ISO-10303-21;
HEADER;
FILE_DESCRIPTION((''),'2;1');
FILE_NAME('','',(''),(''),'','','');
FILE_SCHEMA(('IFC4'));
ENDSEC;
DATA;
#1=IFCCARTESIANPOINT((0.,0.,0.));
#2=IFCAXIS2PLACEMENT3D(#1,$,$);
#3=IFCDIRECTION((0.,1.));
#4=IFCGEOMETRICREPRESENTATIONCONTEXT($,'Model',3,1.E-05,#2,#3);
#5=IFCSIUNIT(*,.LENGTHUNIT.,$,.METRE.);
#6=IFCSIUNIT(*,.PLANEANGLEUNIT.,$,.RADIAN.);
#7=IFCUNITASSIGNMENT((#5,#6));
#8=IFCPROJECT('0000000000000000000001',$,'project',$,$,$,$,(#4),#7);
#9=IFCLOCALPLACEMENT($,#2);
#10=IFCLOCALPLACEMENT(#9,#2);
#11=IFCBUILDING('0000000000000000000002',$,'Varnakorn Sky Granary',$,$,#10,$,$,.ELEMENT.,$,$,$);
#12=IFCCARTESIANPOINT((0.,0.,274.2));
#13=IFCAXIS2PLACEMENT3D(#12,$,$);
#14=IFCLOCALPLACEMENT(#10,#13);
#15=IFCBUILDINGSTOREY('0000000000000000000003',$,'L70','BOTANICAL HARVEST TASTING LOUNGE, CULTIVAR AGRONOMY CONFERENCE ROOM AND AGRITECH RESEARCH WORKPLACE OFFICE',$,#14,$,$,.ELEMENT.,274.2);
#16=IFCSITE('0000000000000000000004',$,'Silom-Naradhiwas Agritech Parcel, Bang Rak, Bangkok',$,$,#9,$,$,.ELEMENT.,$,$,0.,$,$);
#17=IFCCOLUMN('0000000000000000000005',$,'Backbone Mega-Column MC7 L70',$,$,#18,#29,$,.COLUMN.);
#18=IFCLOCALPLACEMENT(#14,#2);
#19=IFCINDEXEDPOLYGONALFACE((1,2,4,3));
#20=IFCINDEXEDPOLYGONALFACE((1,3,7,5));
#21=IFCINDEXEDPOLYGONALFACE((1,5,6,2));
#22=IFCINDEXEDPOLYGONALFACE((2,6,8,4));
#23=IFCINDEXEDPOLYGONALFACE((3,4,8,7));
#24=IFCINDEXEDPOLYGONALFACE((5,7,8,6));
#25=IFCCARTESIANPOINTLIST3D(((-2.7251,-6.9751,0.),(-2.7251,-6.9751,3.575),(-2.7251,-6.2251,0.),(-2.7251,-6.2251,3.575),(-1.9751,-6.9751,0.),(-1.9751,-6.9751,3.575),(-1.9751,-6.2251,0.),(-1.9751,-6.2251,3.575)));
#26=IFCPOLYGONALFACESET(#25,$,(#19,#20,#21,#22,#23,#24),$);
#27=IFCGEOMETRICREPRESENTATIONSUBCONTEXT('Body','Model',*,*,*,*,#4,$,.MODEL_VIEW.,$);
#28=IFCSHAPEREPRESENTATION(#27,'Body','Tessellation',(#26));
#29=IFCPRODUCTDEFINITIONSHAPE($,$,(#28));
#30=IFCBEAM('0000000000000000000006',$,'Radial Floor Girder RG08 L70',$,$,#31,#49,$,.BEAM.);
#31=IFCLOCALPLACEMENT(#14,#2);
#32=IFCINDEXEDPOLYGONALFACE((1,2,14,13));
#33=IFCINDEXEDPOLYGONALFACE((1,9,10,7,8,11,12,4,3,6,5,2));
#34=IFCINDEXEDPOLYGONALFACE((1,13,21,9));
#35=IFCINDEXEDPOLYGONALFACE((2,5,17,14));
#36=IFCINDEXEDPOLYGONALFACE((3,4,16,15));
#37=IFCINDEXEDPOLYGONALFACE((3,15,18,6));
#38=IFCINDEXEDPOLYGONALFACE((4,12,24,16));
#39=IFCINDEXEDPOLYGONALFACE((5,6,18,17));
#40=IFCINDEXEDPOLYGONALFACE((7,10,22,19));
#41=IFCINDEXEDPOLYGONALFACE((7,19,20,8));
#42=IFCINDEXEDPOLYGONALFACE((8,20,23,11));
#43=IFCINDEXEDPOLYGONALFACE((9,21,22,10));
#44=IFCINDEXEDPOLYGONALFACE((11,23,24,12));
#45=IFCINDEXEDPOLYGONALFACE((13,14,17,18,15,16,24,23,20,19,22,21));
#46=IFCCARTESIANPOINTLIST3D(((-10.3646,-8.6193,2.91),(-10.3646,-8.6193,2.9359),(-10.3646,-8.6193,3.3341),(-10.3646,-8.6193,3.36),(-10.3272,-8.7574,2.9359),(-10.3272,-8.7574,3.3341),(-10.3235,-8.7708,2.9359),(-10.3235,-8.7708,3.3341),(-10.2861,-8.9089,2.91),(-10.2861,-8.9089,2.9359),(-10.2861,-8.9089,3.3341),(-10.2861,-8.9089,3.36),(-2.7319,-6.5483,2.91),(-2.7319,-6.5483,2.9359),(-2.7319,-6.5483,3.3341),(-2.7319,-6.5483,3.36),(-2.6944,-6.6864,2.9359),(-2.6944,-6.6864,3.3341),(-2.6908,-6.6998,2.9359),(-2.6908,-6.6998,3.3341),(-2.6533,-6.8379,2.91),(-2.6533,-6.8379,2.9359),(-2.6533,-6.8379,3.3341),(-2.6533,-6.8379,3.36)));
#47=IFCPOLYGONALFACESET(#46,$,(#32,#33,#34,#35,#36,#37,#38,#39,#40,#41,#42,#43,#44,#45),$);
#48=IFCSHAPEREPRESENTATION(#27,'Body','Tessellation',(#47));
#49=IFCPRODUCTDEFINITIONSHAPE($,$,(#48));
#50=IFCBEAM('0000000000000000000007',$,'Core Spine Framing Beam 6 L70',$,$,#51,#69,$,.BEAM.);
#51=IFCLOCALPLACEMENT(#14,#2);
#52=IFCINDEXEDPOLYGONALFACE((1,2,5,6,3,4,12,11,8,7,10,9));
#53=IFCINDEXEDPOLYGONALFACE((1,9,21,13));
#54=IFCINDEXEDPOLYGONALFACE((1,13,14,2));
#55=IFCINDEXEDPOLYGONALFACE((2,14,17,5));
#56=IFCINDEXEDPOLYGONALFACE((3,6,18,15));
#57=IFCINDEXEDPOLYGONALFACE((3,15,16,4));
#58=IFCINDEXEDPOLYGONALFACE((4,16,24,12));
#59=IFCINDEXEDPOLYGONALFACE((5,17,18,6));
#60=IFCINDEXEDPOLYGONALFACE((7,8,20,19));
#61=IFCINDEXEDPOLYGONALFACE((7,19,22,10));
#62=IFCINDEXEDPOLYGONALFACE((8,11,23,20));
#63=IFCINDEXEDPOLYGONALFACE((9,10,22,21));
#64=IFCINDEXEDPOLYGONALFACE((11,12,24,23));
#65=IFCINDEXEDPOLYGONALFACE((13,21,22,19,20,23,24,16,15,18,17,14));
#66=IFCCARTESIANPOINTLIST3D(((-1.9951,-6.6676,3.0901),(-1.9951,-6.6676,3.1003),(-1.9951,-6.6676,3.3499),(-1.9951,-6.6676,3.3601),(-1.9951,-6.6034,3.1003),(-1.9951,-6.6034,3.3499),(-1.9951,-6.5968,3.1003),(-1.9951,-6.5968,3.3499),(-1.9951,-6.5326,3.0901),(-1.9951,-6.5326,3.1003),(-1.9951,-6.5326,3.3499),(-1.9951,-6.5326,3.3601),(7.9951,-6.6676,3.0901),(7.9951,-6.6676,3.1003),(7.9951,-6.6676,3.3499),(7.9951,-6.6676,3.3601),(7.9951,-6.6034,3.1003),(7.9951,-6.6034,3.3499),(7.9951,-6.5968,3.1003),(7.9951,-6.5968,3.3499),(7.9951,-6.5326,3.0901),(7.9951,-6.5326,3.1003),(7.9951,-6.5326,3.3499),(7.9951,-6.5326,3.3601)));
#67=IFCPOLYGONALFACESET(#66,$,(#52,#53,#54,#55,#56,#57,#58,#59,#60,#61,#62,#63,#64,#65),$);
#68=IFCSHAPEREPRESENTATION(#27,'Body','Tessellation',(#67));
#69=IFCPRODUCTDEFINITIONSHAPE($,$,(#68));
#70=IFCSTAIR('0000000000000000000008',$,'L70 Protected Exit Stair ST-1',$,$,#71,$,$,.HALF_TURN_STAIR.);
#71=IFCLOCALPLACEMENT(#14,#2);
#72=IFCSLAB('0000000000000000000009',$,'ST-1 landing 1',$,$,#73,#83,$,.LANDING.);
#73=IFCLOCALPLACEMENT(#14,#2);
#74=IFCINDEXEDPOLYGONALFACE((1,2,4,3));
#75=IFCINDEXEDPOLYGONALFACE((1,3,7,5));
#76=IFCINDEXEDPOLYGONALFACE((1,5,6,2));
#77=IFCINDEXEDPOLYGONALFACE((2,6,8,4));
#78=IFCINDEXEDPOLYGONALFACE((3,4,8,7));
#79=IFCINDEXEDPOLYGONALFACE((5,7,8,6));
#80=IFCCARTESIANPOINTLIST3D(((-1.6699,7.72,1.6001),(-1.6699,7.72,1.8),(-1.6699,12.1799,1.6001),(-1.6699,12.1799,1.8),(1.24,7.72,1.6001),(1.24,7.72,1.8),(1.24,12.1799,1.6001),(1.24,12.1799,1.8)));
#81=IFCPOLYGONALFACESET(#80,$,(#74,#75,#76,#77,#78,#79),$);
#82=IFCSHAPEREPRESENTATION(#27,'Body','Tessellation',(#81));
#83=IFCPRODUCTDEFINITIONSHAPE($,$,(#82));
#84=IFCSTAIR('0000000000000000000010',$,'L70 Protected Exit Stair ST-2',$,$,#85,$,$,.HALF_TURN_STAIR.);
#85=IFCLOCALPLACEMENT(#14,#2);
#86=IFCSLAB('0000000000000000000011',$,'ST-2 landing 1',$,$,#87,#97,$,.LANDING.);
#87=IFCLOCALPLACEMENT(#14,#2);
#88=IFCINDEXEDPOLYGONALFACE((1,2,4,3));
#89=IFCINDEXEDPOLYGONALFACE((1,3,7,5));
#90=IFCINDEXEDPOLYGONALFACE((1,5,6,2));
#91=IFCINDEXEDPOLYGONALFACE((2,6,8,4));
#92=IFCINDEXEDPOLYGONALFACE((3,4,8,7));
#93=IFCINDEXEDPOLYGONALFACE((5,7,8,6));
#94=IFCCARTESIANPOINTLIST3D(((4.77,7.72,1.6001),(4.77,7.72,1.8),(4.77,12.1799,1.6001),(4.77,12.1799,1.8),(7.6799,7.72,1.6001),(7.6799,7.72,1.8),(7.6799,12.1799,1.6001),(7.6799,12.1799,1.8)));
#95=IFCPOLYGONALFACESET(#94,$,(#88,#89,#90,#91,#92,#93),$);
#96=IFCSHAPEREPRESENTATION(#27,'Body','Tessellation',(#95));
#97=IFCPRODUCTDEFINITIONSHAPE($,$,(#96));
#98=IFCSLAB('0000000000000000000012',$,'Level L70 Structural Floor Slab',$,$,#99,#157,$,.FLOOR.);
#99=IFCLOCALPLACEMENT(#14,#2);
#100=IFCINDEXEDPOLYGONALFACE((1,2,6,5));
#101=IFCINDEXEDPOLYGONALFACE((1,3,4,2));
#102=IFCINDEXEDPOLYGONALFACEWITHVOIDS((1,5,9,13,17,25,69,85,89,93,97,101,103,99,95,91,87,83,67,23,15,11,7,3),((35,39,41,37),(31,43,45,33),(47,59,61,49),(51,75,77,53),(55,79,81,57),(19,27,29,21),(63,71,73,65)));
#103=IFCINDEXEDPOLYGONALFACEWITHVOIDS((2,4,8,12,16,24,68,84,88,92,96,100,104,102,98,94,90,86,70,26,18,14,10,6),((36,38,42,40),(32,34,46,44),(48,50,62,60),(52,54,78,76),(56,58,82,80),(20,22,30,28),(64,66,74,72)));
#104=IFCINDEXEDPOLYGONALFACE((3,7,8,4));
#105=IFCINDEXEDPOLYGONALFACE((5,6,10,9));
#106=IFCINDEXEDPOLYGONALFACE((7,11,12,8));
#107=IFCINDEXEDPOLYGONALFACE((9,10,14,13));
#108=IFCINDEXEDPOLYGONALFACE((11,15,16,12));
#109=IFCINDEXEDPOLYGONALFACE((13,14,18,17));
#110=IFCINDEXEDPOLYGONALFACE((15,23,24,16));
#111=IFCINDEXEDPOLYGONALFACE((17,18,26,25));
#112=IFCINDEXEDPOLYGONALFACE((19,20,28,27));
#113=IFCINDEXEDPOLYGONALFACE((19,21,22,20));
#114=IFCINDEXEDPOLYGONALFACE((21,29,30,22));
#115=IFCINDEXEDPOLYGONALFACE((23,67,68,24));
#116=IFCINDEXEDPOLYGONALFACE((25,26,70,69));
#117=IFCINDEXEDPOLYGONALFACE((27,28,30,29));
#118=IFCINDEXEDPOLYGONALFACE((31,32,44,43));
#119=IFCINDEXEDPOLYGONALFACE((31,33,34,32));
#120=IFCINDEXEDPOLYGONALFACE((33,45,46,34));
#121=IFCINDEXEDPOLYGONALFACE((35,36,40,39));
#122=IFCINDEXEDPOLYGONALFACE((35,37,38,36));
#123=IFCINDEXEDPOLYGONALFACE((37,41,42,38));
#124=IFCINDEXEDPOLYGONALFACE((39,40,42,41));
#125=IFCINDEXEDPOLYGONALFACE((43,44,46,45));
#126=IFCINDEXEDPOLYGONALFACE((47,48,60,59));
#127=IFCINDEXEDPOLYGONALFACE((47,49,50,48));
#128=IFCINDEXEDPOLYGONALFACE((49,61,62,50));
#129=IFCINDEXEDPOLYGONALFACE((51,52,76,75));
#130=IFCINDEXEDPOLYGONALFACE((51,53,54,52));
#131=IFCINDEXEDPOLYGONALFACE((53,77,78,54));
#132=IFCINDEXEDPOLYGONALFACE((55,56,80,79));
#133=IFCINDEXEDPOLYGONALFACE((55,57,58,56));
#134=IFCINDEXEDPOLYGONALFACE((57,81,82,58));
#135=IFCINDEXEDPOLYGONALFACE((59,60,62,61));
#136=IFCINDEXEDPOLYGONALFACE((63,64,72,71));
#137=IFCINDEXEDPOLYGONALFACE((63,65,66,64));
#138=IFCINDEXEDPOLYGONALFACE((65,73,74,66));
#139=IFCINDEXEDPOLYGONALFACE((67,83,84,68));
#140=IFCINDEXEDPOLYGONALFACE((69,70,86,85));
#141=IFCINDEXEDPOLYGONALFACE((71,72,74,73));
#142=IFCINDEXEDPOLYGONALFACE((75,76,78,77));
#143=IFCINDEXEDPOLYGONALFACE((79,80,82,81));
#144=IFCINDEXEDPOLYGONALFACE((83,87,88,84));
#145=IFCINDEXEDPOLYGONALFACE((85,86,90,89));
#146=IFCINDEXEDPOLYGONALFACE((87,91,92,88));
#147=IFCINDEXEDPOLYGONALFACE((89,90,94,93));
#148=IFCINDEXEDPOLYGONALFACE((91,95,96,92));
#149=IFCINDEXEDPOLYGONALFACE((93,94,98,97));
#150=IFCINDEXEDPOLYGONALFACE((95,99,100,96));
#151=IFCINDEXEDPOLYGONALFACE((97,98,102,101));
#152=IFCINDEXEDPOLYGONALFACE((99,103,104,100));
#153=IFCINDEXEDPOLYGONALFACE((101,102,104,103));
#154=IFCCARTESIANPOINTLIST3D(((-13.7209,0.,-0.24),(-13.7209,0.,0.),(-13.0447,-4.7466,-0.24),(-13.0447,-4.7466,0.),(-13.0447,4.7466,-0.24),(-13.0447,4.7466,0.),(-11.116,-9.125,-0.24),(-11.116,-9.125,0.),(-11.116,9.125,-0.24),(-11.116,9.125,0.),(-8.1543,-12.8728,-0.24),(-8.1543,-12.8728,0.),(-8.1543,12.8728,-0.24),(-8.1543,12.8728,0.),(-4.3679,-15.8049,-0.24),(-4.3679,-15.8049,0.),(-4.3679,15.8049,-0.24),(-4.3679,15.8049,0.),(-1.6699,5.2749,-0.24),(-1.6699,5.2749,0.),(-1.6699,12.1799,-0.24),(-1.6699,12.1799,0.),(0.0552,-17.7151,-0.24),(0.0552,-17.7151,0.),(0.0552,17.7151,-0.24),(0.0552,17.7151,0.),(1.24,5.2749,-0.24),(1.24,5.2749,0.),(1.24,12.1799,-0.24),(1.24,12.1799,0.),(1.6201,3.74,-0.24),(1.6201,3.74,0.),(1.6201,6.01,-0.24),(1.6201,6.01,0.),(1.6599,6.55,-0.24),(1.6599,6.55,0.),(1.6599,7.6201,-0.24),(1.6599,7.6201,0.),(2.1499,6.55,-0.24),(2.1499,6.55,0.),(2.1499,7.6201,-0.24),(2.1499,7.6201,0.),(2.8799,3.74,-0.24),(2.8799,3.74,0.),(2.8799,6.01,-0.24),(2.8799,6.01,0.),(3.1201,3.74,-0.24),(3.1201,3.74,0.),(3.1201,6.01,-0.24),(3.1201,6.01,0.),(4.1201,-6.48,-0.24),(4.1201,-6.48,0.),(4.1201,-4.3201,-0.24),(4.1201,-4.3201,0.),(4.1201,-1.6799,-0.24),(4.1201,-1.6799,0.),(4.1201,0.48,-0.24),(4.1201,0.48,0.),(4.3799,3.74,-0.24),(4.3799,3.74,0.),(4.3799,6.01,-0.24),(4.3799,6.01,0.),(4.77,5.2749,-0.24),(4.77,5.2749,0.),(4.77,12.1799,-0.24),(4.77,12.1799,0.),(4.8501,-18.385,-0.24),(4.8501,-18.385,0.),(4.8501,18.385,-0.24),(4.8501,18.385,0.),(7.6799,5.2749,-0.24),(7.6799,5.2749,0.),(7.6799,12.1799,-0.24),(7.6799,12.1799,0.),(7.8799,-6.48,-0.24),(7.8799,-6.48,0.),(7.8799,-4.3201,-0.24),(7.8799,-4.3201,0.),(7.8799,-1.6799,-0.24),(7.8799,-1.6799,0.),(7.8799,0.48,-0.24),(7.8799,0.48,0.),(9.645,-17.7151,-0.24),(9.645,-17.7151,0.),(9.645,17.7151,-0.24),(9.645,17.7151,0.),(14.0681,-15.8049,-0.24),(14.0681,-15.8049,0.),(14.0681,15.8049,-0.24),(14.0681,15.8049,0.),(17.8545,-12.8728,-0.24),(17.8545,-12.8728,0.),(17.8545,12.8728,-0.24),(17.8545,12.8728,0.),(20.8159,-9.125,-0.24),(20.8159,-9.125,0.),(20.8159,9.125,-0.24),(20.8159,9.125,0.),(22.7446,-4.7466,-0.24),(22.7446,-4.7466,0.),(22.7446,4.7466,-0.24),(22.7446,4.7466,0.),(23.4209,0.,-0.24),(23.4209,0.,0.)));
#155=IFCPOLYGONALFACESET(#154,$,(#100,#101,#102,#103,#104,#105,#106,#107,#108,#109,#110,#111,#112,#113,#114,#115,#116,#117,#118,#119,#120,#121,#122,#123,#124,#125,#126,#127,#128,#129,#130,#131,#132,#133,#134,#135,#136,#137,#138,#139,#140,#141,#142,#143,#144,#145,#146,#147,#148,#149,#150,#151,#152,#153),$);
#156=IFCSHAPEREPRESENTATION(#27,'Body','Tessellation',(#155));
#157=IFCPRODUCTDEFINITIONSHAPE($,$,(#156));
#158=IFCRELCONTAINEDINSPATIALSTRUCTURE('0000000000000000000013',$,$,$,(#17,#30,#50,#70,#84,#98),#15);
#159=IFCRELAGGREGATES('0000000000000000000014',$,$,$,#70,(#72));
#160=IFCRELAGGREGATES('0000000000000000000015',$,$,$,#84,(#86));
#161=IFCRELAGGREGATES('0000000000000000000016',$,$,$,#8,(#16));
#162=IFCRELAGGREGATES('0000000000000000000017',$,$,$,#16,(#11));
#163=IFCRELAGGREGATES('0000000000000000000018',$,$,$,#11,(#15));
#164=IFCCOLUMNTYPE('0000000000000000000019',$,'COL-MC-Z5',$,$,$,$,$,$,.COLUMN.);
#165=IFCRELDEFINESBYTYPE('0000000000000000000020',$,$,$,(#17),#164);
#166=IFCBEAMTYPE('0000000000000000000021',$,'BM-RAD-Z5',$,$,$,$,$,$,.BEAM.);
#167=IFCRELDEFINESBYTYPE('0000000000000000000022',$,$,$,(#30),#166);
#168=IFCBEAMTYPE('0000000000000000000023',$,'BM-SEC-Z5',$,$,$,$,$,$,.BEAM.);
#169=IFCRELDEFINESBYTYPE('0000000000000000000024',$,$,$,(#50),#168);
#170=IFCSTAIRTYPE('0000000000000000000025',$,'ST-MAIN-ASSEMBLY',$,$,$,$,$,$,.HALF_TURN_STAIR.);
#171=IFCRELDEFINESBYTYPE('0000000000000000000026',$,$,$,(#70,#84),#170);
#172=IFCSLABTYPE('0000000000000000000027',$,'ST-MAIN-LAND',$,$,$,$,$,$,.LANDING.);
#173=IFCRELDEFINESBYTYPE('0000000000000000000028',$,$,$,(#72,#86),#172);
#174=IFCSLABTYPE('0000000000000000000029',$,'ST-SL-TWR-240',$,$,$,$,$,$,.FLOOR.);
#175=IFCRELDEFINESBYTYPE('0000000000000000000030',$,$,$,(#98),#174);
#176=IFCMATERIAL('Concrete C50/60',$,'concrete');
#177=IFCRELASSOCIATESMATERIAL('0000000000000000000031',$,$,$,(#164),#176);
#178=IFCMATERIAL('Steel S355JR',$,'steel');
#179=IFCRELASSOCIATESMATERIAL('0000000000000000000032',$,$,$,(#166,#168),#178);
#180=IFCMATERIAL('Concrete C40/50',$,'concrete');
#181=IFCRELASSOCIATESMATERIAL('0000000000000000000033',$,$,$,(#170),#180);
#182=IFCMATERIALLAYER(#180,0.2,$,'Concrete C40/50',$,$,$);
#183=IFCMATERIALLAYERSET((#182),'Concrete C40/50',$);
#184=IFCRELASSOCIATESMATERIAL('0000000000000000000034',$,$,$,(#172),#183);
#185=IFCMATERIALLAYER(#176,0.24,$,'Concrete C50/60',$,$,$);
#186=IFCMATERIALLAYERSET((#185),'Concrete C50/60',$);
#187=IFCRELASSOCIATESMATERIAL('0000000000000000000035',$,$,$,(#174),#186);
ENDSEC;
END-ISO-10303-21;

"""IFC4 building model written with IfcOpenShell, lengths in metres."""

from ifc_helpers import new_model, si_unit, direction, frame, origin, origin_2d, place, context, subcontext, project, spatial, polyline, rectangle, i_section, outline, extrude, material, layer, layer_set, material_profile, profile_set, type_object, element, aggregate, save


model = new_model("IFC4")

# Units and contexts
model_context = context("Model", 3, precision=1e-05, world=origin(), true_north=direction((0.0, 1.0)))
body_context = subcontext(model_context, "Body", "Model", "MODEL_VIEW")
ifc_project = project(units=[si_unit("LENGTHUNIT", "METRE"), si_unit("PLANEANGLEUNIT", "RADIAN")], contexts=[model_context])

# Site, building, storey
site_placement = place(None, origin())
site = spatial("IfcSite", under=ifc_project, at=site_placement, Name="Silom-Naradhiwas Agritech Parcel, Bang Rak, Bangkok", CompositionType="ELEMENT", RefElevation=0.0)
building_placement = place(site_placement, origin())
building = spatial("IfcBuilding", under=site, at=building_placement, Name="Varnakorn Sky Granary", CompositionType="ELEMENT")
storey_placement = place(building_placement, frame((0.0, 0.0, 274.2)))
storey = spatial("IfcBuildingStorey", under=building, at=storey_placement, Name="L70", Description="BOTANICAL HARVEST TASTING LOUNGE, CULTIVAR AGRONOMY CONFERENCE ROOM AND AGRITECH RESEARCH WORKPLACE OFFICE", CompositionType="ELEMENT", Elevation=274.2)

# Column
ifc_material_1 = material(Name="Concrete C50/60", Category="concrete")
ifc_material_profile_1 = material_profile(ifc_material_1, rectangle(XDim=0.75, YDim=0.75, at=origin_2d()), Name="RC 750x750")
ifc_profile_set_1 = profile_set([ifc_material_profile_1], Name="Concrete C50/60")
column_type = type_object("IfcColumnType", Name="COL-MC-Z5", PredefinedType="COLUMN", material=ifc_profile_set_1)
column_placement = place(storey_placement, frame((-2.3501, -6.6001, 0.0), z_axis=(0.0, 0.0, 1.0), x_axis=(1.0, 0.0, 0.0)))
element("IfcColumn", 1, at=column_placement, inside=storey, type_object=column_type, Name="Backbone Mega-Column MC7 L70", PredefinedType="COLUMN", context=body_context, shape_type="SweptSolid", body=[
    extrude(rectangle(XDim=0.75, YDim=0.75, at=origin_2d()), origin(), (0.0, 0.0, 1.0), 3.575),
])

# Beams
ifc_material_2 = material(Name="Steel S355JR", Category="steel")
ifc_material_profile_2 = material_profile(ifc_material_2, i_section(OverallWidth=0.3, OverallDepth=0.45, WebThickness=0.0139, FlangeThickness=0.0259, at=origin_2d()), Name="HE 450 B")
ifc_profile_set_2 = profile_set([ifc_material_profile_2], Name="Steel S355JR")
beam_type_1 = type_object("IfcBeamType", Name="BM-RAD-Z5", PredefinedType="BEAM", material=ifc_profile_set_2)
beam_1_placement = place(storey_placement, frame((-2.6926, -6.6931, 3.135), z_axis=(-0.965104, -0.261866, 0.0), x_axis=(0.261866, -0.965104, 0.0)))
element("IfcBeam", 2, at=beam_1_placement, inside=storey, type_object=beam_type_1, Name="Radial Floor Girder RG08 L70", PredefinedType="BEAM", context=body_context, shape_type="SweptSolid", body=[
    extrude(i_section(OverallWidth=0.3, OverallDepth=0.45, WebThickness=0.0139, FlangeThickness=0.0259, at=origin_2d()), origin(), (0.0, 0.0, 1.0), 7.9087),
])
ifc_material_profile_3 = material_profile(ifc_material_2, i_section(OverallWidth=0.135, OverallDepth=0.27, WebThickness=0.0066, FlangeThickness=0.0103, at=origin_2d()), Name="IPE 270")
ifc_profile_set_3 = profile_set([ifc_material_profile_3], Name="Steel S355JR")
beam_type_2 = type_object("IfcBeamType", Name="BM-SEC-Z5", PredefinedType="BEAM", material=ifc_profile_set_3)
beam_2_placement = place(storey_placement, frame((-1.9951, -6.6001, 3.2251), z_axis=(1.0, 0.0, 0.0), x_axis=(0.0, 1.0, 0.0)))
element("IfcBeam", 3, at=beam_2_placement, inside=storey, type_object=beam_type_2, Name="Core Spine Framing Beam 6 L70", PredefinedType="BEAM", context=body_context, shape_type="SweptSolid", body=[
    extrude(i_section(OverallWidth=0.135, OverallDepth=0.27, WebThickness=0.0066, FlangeThickness=0.0103, at=origin_2d()), origin(), (0.0, 0.0, 1.0), 9.9902),
])

# Stairs, slabs
ifc_material_3 = material(Name="Concrete C40/50", Category="concrete")
stair_type = type_object("IfcStairType", Name="ST-MAIN-ASSEMBLY", PredefinedType="HALF_TURN_STAIR", material=ifc_material_3)
stair_1_placement = place(storey_placement, origin())
stair_1 = element("IfcStair", 4, at=stair_1_placement, inside=storey, type_object=stair_type, Name="L70 Protected Exit Stair ST-1", PredefinedType="HALF_TURN_STAIR")
ifc_layer_1 = layer(ifc_material_3, 0.2, Name="Concrete C40/50")
ifc_layer_set_1 = layer_set([ifc_layer_1], Name="Concrete C40/50")
slab_type_1 = type_object("IfcSlabType", Name="ST-MAIN-LAND", PredefinedType="LANDING", material=ifc_layer_set_1)
slab_1_placement = place(storey_placement, frame((0.0, 0.0, 1.6001)))
slab_1 = element("IfcSlab", 5, at=slab_1_placement, type_object=slab_type_1, Name="ST-1 landing 1", PredefinedType="LANDING", context=body_context, shape_type="SweptSolid", body=[
    extrude(outline(polyline([(1.24, 7.72), (1.24, 12.1799), (-1.6699, 12.1799), (-1.6699, 7.72), (1.24, 7.72)])), origin(), (0.0, 0.0, 1.0), 0.2),
])
aggregate(stair_1, [slab_1])
stair_2_placement = place(storey_placement, origin())
stair_2 = element("IfcStair", 6, at=stair_2_placement, inside=storey, type_object=stair_type, Name="L70 Protected Exit Stair ST-2", PredefinedType="HALF_TURN_STAIR")
slab_2_placement = place(storey_placement, frame((0.0, 0.0, 1.6001)))
slab_2 = element("IfcSlab", 7, at=slab_2_placement, type_object=slab_type_1, Name="ST-2 landing 1", PredefinedType="LANDING", context=body_context, shape_type="SweptSolid", body=[
    extrude(outline(polyline([(7.6799, 7.72), (7.6799, 12.1799), (4.77, 12.1799), (4.77, 7.72), (7.6799, 7.72)])), origin(), (0.0, 0.0, 1.0), 0.2),
])
aggregate(stair_2, [slab_2])

# Slab
ifc_layer_2 = layer(ifc_material_1, 0.24, Name="Concrete C50/60")
ifc_layer_set_2 = layer_set([ifc_layer_2], Name="Concrete C50/60")
slab_type_2 = type_object("IfcSlabType", Name="ST-SL-TWR-240", PredefinedType="FLOOR", material=ifc_layer_set_2)
slab_3_placement = place(storey_placement, frame((0.0, 0.0, -0.24)))
element("IfcSlab", 8, at=slab_3_placement, inside=storey, type_object=slab_type_2, Name="Level L70 Structural Floor Slab", PredefinedType="FLOOR", context=body_context, shape_type="SweptSolid", body=[
    extrude(outline(polyline([(23.4209, 0.0), (22.7446, 4.7466), (20.8159, 9.125), (17.8545, 12.8728), (14.0681, 15.8049), (9.645, 17.7151), (4.8501, 18.385), (0.0552, 17.7151), (-4.3679, 15.8049), (-8.1543, 12.8728), (-11.116, 9.125), (-13.0447, 4.7466), (-13.7209, 0.0), (-13.0447, -4.7466), (-11.116, -9.125), (-8.1543, -12.8728), (-4.3679, -15.8049), (0.0552, -17.7151), (4.8501, -18.385), (9.645, -17.7151), (14.0681, -15.8049), (17.8545, -12.8728), (20.8159, -9.125), (22.7446, -4.7466), (23.4209, 0.0)]), holes=[polyline([(1.24, 5.2749), (1.24, 12.1799), (-1.6699, 12.1799), (-1.6699, 5.2749), (1.24, 5.2749)]), polyline([(7.6799, 5.2749), (7.6799, 12.1799), (4.77, 12.1799), (4.77, 5.2749), (7.6799, 5.2749)]), polyline([(1.6599, 6.55), (2.1499, 6.55), (2.1499, 7.6201), (1.6599, 7.6201), (1.6599, 6.55)]), polyline([(1.6201, 3.74), (2.8799, 3.74), (2.8799, 6.01), (1.6201, 6.01), (1.6201, 3.74)]), polyline([(3.1201, 3.74), (4.3799, 3.74), (4.3799, 6.01), (3.1201, 6.01), (3.1201, 3.74)]), polyline([(4.1201, -1.6799), (7.8799, -1.6799), (7.8799, 0.48), (4.1201, 0.48), (4.1201, -1.6799)]), polyline([(4.1201, -6.48), (7.8799, -6.48), (7.8799, -4.3201), (4.1201, -4.3201), (4.1201, -6.48)])]), origin(), (0.0, 0.0, 1.0), 0.24),
])

save(model, "model.ifc")
